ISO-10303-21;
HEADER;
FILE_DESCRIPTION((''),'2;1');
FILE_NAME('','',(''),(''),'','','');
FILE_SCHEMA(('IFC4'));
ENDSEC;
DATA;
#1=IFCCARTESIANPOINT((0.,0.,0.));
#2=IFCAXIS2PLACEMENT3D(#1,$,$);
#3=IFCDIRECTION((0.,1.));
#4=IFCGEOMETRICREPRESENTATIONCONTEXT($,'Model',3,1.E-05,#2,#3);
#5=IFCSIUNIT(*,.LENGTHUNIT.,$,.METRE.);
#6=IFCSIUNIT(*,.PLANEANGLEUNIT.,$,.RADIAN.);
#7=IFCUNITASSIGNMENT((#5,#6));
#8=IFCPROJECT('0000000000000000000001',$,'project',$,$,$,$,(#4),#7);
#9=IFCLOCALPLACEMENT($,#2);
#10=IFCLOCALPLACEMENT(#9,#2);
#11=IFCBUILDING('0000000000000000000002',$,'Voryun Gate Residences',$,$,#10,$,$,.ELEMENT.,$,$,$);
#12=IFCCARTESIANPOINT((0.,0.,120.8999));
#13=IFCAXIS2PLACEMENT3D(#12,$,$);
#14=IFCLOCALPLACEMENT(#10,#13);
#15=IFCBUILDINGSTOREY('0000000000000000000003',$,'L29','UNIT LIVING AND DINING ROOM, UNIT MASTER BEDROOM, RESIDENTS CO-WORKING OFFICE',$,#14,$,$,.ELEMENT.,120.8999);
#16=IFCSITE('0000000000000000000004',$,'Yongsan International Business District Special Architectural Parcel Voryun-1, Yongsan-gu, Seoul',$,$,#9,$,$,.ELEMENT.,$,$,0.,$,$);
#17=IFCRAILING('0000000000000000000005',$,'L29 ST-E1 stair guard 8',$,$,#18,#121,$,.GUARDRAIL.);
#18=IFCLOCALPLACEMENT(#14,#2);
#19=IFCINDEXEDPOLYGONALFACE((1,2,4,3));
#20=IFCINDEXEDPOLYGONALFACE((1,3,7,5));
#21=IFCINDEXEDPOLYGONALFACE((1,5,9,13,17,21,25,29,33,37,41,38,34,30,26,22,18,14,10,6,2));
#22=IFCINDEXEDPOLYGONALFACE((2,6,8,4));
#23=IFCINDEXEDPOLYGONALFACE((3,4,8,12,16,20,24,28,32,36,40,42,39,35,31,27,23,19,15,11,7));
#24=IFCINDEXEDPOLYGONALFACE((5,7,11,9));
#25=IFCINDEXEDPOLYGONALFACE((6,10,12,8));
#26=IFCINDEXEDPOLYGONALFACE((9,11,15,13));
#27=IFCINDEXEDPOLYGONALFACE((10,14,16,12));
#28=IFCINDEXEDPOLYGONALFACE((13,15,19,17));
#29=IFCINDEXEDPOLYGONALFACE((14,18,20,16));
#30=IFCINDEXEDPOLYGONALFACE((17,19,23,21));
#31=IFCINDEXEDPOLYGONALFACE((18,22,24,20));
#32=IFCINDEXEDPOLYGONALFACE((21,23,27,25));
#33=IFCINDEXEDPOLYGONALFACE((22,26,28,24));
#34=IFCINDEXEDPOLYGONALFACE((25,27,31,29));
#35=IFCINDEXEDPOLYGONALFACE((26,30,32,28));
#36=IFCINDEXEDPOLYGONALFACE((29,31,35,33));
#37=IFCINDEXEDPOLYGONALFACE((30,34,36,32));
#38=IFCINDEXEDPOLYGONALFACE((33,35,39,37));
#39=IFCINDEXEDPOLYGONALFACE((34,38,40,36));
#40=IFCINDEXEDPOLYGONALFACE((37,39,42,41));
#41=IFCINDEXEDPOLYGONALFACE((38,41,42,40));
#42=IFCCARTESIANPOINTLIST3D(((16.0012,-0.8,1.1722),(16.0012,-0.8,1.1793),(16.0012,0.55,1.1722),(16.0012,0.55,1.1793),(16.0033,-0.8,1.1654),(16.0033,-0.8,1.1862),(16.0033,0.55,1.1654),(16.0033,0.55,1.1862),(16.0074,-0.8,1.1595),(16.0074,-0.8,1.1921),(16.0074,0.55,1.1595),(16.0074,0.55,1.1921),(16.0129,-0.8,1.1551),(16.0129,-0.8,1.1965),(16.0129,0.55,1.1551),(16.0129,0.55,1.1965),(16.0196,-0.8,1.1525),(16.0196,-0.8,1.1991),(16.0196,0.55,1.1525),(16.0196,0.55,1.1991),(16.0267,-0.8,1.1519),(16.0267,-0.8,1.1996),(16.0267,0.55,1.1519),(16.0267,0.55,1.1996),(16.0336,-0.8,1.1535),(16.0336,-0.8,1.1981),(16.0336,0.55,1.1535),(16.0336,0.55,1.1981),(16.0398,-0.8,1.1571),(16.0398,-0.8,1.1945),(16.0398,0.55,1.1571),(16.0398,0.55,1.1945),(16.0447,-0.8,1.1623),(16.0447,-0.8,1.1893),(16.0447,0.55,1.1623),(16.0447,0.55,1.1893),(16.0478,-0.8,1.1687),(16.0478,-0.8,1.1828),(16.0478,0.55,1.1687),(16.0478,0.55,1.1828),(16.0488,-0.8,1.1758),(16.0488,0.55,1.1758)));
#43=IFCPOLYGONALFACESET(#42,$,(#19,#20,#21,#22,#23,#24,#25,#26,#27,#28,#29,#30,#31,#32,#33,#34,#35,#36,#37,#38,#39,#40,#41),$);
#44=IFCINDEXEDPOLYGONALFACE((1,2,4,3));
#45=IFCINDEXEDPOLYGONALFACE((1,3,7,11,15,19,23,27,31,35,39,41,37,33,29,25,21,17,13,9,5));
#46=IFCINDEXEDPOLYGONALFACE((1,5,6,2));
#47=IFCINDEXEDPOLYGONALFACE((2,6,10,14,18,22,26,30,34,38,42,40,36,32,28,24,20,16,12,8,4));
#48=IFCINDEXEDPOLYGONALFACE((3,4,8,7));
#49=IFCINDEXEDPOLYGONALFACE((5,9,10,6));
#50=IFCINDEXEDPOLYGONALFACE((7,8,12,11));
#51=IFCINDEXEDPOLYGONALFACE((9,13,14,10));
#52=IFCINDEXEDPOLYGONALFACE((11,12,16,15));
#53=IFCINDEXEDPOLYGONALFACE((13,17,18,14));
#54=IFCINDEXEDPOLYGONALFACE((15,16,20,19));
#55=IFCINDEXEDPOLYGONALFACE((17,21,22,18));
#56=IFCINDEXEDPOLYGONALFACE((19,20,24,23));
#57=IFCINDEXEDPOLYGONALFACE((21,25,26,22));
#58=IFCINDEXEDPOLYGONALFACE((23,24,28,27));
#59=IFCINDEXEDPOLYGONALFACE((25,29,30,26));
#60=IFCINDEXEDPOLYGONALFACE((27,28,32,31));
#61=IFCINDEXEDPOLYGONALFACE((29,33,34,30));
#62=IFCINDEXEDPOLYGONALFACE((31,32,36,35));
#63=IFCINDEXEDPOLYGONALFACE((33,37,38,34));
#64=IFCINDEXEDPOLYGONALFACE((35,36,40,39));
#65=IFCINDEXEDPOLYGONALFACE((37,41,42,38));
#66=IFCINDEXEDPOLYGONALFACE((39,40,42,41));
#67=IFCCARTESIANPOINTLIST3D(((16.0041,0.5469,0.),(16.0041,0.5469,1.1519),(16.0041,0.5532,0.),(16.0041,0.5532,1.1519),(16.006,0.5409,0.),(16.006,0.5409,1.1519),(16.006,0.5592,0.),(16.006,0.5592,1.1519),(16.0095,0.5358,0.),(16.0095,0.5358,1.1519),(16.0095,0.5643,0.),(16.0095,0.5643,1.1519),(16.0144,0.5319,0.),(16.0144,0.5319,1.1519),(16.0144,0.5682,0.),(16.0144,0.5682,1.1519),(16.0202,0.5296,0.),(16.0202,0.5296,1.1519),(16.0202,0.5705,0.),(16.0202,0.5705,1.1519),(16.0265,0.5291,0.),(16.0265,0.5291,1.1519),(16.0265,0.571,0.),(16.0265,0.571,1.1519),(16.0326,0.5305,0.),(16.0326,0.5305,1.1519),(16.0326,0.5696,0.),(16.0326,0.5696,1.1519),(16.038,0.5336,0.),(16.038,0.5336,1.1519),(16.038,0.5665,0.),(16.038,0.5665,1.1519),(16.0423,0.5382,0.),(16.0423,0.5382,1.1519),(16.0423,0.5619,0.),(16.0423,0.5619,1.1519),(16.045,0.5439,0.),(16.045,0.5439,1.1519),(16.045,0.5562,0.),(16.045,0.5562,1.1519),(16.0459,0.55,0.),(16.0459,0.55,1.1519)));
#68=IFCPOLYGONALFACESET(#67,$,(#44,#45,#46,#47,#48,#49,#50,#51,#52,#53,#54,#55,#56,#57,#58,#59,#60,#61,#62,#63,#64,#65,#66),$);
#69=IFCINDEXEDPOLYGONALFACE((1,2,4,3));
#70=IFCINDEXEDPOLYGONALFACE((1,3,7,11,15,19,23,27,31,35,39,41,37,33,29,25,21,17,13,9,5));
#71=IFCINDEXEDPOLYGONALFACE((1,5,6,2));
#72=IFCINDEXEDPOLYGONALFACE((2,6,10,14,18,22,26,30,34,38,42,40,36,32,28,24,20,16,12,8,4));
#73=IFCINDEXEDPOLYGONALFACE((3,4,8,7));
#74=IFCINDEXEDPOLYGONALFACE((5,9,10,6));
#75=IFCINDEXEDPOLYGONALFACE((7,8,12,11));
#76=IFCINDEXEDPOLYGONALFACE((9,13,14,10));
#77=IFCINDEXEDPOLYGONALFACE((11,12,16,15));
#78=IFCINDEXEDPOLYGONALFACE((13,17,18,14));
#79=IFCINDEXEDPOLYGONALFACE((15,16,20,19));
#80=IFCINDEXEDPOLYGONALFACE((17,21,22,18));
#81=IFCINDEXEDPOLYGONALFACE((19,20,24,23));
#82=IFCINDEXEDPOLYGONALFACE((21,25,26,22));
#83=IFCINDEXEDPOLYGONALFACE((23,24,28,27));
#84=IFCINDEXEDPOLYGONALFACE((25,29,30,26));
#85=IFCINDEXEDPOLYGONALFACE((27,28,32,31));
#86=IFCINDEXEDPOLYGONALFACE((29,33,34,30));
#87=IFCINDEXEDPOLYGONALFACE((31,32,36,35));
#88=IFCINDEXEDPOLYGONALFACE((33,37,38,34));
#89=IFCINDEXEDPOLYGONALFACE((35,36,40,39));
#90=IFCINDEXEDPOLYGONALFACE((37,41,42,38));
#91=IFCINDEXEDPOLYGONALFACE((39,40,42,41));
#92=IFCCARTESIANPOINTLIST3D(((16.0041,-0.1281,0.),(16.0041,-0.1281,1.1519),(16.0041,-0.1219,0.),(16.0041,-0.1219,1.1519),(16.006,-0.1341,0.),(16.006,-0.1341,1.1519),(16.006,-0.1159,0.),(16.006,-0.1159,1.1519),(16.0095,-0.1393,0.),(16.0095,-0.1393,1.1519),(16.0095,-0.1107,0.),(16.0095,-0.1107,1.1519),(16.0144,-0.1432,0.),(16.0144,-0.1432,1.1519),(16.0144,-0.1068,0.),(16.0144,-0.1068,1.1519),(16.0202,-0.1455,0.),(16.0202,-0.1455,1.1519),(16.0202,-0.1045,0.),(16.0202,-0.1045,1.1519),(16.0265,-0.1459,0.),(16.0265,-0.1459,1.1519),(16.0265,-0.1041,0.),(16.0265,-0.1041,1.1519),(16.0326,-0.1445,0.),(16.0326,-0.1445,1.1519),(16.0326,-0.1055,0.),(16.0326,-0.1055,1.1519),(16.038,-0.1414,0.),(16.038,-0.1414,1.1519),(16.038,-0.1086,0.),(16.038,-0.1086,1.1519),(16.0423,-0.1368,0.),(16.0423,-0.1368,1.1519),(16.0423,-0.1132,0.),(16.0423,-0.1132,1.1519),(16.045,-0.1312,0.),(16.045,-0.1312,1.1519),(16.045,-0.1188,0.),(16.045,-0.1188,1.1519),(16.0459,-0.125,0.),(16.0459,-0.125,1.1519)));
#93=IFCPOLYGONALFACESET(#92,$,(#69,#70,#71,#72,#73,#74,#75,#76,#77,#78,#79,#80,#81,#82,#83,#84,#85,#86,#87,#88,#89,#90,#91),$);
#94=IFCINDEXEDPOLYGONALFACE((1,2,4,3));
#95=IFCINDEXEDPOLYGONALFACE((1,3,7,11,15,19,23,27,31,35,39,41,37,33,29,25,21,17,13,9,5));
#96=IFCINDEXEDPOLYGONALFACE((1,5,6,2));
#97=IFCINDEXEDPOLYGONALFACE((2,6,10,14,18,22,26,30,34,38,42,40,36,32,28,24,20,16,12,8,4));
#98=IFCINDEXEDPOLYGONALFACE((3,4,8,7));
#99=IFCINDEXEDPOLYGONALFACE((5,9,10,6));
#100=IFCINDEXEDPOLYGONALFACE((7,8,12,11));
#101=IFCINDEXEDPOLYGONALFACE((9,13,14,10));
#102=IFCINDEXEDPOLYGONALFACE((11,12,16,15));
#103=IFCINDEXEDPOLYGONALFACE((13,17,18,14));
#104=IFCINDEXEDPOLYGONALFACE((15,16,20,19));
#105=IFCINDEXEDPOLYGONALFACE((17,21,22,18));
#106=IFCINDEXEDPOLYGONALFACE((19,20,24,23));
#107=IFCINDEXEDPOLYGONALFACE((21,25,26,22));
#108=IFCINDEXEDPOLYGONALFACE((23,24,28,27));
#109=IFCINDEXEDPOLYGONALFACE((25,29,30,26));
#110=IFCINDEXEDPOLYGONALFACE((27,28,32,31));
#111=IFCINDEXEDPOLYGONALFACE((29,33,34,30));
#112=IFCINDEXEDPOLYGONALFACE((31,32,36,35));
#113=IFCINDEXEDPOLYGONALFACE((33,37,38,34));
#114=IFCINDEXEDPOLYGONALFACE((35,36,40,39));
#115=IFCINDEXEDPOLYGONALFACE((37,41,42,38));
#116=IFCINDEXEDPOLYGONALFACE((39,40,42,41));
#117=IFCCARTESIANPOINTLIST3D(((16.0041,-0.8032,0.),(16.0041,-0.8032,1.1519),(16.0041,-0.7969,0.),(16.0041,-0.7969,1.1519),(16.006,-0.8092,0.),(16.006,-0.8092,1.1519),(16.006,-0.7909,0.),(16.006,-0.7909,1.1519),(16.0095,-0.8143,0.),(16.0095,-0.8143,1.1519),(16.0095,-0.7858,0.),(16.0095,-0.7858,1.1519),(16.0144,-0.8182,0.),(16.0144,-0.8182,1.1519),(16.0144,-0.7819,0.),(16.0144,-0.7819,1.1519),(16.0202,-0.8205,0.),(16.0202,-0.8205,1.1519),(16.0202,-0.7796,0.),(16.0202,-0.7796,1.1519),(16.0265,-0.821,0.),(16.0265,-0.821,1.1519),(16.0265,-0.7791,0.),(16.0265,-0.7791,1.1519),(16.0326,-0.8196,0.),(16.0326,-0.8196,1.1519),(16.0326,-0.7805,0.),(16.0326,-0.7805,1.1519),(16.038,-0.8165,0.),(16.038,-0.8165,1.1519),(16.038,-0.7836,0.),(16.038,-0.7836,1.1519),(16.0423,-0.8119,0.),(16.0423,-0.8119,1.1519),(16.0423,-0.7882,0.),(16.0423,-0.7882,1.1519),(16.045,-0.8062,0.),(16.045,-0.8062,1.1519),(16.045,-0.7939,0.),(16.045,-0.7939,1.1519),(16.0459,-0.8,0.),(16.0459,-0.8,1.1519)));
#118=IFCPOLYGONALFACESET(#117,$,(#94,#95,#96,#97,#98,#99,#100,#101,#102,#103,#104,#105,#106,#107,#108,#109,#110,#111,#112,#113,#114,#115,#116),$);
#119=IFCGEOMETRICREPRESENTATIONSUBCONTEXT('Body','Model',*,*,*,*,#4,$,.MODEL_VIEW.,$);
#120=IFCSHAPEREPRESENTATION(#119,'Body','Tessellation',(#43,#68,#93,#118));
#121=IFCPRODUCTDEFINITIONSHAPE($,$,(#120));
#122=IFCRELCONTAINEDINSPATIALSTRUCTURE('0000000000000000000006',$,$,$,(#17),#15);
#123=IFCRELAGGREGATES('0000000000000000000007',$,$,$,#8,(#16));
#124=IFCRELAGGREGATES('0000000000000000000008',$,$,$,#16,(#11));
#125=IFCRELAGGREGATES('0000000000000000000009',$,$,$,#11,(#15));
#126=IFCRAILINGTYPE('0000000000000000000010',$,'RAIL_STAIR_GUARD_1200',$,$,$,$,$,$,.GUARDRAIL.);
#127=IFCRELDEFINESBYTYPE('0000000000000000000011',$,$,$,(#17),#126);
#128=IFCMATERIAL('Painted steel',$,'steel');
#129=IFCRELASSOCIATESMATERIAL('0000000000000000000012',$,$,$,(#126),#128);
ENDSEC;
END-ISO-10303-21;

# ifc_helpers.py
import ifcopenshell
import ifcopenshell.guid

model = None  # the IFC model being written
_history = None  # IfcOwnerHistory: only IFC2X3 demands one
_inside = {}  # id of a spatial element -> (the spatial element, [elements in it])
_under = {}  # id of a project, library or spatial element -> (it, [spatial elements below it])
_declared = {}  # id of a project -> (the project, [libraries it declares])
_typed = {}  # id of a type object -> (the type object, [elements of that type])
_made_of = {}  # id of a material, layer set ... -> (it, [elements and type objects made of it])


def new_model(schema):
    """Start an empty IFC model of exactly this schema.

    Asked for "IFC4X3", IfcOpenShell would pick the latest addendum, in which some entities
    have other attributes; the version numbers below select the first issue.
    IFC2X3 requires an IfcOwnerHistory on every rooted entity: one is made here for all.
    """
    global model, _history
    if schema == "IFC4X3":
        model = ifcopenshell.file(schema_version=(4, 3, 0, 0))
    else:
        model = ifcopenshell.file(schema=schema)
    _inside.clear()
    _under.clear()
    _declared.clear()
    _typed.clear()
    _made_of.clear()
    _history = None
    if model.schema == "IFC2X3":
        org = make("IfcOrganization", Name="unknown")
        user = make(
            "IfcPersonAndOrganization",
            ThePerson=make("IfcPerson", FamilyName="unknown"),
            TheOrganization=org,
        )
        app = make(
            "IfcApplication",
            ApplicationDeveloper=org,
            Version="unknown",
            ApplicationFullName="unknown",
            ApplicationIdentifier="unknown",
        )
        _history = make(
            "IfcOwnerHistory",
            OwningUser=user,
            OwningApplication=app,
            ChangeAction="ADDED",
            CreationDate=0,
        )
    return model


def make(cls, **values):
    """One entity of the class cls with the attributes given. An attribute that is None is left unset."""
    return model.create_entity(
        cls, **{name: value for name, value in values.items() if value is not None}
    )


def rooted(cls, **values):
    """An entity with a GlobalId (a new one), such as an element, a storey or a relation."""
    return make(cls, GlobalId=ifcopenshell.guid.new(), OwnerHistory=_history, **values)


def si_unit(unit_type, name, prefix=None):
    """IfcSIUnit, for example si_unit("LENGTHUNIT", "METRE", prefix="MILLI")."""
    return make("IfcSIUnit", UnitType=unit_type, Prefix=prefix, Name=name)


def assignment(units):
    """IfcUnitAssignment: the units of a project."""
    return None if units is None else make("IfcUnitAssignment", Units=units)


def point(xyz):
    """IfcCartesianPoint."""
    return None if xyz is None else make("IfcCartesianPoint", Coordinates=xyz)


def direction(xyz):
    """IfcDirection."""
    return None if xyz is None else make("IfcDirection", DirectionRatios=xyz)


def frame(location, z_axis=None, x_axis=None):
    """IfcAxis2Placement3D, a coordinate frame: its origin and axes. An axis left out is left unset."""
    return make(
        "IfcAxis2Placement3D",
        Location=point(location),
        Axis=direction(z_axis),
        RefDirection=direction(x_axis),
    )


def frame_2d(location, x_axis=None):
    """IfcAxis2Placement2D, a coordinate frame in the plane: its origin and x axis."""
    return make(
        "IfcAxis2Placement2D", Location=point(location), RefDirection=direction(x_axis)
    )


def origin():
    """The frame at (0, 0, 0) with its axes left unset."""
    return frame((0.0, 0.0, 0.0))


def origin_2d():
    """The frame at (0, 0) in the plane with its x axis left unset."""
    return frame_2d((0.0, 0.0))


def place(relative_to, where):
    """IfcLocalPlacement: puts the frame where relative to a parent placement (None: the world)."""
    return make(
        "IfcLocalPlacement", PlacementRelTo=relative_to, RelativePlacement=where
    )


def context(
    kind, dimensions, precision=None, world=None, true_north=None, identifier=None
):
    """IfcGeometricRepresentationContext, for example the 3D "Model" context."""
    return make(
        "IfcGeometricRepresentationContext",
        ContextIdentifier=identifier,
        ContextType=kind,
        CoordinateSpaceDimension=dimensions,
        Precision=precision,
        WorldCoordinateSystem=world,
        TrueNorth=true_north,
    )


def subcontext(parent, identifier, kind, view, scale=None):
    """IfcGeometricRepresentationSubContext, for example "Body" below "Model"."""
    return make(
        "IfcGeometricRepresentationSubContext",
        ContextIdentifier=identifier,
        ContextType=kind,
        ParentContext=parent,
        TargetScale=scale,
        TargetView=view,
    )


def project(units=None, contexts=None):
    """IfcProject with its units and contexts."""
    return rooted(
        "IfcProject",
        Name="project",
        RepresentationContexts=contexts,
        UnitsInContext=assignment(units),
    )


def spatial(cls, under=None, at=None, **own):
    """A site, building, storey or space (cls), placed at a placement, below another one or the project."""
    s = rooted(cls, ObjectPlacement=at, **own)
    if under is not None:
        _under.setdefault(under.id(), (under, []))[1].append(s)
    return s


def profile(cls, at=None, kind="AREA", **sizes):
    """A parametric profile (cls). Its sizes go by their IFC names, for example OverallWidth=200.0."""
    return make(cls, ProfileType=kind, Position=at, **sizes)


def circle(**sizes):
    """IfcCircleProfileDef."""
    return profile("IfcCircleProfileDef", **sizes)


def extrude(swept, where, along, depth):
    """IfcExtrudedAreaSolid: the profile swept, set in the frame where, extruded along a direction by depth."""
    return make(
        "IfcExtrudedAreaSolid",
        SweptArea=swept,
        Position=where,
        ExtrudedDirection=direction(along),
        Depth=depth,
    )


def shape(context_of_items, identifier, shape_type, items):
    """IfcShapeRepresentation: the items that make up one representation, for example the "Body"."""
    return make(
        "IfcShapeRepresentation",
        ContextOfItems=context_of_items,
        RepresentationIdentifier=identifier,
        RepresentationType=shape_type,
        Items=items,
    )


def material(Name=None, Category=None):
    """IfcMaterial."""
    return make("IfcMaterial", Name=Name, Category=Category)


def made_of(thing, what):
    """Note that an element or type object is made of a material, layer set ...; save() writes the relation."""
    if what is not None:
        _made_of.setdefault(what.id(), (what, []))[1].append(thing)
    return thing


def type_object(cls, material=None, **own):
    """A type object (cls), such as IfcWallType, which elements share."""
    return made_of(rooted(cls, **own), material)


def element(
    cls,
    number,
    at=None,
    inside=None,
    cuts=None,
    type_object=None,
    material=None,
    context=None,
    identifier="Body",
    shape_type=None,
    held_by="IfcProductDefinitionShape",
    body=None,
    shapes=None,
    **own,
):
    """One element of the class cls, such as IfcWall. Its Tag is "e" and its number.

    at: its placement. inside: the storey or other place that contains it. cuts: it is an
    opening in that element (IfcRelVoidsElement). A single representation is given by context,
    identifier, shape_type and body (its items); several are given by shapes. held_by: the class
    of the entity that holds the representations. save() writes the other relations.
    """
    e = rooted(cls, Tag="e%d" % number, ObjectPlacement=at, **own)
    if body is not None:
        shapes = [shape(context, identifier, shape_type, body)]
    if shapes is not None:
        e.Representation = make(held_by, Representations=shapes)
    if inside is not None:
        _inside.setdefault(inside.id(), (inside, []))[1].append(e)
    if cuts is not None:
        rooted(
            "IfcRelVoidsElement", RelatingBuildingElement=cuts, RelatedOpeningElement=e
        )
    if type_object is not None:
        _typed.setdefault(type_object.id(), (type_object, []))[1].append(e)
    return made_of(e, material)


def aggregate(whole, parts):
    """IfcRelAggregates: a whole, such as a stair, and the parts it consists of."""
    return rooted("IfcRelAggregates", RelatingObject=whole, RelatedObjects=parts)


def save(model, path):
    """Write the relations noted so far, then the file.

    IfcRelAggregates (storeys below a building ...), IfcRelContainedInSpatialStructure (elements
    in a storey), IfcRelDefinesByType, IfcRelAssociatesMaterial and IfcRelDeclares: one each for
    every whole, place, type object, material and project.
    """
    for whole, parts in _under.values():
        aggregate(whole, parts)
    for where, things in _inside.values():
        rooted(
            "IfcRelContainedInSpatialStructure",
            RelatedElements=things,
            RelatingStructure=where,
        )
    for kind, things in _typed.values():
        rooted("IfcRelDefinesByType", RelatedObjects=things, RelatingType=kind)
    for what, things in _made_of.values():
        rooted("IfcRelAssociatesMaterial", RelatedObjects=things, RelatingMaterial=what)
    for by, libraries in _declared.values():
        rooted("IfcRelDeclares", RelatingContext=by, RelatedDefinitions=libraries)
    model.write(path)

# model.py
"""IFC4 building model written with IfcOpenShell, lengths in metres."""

from ifc_helpers import new_model, si_unit, direction, frame, origin, origin_2d, place, context, subcontext, project, spatial, circle, extrude, material, type_object, element, save


model = new_model("IFC4")

# Units and contexts
model_context = context("Model", 3, precision=1e-05, world=origin(), true_north=direction((0.0, 1.0)))
body_context = subcontext(model_context, "Body", "Model", "MODEL_VIEW")
ifc_project = project(units=[si_unit("LENGTHUNIT", "METRE"), si_unit("PLANEANGLEUNIT", "RADIAN")], contexts=[model_context])

# Site, building, storey
site_placement = place(None, origin())
site = spatial("IfcSite", under=ifc_project, at=site_placement, Name="Yongsan International Business District Special Architectural Parcel Voryun-1, Yongsan-gu, Seoul", CompositionType="ELEMENT", RefElevation=0.0)
building_placement = place(site_placement, origin())
building = spatial("IfcBuilding", under=site, at=building_placement, Name="Voryun Gate Residences", CompositionType="ELEMENT")
storey_placement = place(building_placement, frame((0.0, 0.0, 120.8999)))
storey = spatial("IfcBuildingStorey", under=building, at=storey_placement, Name="L29", Description="UNIT LIVING AND DINING ROOM, UNIT MASTER BEDROOM, RESIDENTS CO-WORKING OFFICE", CompositionType="ELEMENT", Elevation=120.8999)

# Railing
ifc_material_1 = material(Name="Painted steel", Category="steel")
railing_type = type_object("IfcRailingType", Name="RAIL_STAIR_GUARD_1200", PredefinedType="GUARDRAIL", material=ifc_material_1)
railing_1_placement = place(storey_placement, frame((16.0249, 0.55, 0.0)))
element("IfcRailing", 1, at=railing_1_placement, inside=storey, type_object=railing_type, Name="L29 ST-E1 stair guard 8", PredefinedType="GUARDRAIL", context=body_context, shape_type="SweptSolid", body=[
    extrude(circle(Radius=0.0239, at=origin_2d()), frame((0.0, 0.0, 1.1758), z_axis=(0.0, -1.0, 0.0), x_axis=(1.0, 0.0, 0.0)), (0.0, 0.0, 1.0), 1.3501),
    extrude(circle(Radius=0.021, at=origin_2d()), origin(), (0.0, 0.0, 1.0), 1.1519),
    extrude(circle(Radius=0.021, at=origin_2d()), frame((0.0, -0.675, 0.0)), (0.0, 0.0, 1.0), 1.1519),
    extrude(circle(Radius=0.021, at=origin_2d()), frame((0.0, -1.3501, 0.0)), (0.0, 0.0, 1.0), 1.1519),
])

save(model, "model.ifc")
